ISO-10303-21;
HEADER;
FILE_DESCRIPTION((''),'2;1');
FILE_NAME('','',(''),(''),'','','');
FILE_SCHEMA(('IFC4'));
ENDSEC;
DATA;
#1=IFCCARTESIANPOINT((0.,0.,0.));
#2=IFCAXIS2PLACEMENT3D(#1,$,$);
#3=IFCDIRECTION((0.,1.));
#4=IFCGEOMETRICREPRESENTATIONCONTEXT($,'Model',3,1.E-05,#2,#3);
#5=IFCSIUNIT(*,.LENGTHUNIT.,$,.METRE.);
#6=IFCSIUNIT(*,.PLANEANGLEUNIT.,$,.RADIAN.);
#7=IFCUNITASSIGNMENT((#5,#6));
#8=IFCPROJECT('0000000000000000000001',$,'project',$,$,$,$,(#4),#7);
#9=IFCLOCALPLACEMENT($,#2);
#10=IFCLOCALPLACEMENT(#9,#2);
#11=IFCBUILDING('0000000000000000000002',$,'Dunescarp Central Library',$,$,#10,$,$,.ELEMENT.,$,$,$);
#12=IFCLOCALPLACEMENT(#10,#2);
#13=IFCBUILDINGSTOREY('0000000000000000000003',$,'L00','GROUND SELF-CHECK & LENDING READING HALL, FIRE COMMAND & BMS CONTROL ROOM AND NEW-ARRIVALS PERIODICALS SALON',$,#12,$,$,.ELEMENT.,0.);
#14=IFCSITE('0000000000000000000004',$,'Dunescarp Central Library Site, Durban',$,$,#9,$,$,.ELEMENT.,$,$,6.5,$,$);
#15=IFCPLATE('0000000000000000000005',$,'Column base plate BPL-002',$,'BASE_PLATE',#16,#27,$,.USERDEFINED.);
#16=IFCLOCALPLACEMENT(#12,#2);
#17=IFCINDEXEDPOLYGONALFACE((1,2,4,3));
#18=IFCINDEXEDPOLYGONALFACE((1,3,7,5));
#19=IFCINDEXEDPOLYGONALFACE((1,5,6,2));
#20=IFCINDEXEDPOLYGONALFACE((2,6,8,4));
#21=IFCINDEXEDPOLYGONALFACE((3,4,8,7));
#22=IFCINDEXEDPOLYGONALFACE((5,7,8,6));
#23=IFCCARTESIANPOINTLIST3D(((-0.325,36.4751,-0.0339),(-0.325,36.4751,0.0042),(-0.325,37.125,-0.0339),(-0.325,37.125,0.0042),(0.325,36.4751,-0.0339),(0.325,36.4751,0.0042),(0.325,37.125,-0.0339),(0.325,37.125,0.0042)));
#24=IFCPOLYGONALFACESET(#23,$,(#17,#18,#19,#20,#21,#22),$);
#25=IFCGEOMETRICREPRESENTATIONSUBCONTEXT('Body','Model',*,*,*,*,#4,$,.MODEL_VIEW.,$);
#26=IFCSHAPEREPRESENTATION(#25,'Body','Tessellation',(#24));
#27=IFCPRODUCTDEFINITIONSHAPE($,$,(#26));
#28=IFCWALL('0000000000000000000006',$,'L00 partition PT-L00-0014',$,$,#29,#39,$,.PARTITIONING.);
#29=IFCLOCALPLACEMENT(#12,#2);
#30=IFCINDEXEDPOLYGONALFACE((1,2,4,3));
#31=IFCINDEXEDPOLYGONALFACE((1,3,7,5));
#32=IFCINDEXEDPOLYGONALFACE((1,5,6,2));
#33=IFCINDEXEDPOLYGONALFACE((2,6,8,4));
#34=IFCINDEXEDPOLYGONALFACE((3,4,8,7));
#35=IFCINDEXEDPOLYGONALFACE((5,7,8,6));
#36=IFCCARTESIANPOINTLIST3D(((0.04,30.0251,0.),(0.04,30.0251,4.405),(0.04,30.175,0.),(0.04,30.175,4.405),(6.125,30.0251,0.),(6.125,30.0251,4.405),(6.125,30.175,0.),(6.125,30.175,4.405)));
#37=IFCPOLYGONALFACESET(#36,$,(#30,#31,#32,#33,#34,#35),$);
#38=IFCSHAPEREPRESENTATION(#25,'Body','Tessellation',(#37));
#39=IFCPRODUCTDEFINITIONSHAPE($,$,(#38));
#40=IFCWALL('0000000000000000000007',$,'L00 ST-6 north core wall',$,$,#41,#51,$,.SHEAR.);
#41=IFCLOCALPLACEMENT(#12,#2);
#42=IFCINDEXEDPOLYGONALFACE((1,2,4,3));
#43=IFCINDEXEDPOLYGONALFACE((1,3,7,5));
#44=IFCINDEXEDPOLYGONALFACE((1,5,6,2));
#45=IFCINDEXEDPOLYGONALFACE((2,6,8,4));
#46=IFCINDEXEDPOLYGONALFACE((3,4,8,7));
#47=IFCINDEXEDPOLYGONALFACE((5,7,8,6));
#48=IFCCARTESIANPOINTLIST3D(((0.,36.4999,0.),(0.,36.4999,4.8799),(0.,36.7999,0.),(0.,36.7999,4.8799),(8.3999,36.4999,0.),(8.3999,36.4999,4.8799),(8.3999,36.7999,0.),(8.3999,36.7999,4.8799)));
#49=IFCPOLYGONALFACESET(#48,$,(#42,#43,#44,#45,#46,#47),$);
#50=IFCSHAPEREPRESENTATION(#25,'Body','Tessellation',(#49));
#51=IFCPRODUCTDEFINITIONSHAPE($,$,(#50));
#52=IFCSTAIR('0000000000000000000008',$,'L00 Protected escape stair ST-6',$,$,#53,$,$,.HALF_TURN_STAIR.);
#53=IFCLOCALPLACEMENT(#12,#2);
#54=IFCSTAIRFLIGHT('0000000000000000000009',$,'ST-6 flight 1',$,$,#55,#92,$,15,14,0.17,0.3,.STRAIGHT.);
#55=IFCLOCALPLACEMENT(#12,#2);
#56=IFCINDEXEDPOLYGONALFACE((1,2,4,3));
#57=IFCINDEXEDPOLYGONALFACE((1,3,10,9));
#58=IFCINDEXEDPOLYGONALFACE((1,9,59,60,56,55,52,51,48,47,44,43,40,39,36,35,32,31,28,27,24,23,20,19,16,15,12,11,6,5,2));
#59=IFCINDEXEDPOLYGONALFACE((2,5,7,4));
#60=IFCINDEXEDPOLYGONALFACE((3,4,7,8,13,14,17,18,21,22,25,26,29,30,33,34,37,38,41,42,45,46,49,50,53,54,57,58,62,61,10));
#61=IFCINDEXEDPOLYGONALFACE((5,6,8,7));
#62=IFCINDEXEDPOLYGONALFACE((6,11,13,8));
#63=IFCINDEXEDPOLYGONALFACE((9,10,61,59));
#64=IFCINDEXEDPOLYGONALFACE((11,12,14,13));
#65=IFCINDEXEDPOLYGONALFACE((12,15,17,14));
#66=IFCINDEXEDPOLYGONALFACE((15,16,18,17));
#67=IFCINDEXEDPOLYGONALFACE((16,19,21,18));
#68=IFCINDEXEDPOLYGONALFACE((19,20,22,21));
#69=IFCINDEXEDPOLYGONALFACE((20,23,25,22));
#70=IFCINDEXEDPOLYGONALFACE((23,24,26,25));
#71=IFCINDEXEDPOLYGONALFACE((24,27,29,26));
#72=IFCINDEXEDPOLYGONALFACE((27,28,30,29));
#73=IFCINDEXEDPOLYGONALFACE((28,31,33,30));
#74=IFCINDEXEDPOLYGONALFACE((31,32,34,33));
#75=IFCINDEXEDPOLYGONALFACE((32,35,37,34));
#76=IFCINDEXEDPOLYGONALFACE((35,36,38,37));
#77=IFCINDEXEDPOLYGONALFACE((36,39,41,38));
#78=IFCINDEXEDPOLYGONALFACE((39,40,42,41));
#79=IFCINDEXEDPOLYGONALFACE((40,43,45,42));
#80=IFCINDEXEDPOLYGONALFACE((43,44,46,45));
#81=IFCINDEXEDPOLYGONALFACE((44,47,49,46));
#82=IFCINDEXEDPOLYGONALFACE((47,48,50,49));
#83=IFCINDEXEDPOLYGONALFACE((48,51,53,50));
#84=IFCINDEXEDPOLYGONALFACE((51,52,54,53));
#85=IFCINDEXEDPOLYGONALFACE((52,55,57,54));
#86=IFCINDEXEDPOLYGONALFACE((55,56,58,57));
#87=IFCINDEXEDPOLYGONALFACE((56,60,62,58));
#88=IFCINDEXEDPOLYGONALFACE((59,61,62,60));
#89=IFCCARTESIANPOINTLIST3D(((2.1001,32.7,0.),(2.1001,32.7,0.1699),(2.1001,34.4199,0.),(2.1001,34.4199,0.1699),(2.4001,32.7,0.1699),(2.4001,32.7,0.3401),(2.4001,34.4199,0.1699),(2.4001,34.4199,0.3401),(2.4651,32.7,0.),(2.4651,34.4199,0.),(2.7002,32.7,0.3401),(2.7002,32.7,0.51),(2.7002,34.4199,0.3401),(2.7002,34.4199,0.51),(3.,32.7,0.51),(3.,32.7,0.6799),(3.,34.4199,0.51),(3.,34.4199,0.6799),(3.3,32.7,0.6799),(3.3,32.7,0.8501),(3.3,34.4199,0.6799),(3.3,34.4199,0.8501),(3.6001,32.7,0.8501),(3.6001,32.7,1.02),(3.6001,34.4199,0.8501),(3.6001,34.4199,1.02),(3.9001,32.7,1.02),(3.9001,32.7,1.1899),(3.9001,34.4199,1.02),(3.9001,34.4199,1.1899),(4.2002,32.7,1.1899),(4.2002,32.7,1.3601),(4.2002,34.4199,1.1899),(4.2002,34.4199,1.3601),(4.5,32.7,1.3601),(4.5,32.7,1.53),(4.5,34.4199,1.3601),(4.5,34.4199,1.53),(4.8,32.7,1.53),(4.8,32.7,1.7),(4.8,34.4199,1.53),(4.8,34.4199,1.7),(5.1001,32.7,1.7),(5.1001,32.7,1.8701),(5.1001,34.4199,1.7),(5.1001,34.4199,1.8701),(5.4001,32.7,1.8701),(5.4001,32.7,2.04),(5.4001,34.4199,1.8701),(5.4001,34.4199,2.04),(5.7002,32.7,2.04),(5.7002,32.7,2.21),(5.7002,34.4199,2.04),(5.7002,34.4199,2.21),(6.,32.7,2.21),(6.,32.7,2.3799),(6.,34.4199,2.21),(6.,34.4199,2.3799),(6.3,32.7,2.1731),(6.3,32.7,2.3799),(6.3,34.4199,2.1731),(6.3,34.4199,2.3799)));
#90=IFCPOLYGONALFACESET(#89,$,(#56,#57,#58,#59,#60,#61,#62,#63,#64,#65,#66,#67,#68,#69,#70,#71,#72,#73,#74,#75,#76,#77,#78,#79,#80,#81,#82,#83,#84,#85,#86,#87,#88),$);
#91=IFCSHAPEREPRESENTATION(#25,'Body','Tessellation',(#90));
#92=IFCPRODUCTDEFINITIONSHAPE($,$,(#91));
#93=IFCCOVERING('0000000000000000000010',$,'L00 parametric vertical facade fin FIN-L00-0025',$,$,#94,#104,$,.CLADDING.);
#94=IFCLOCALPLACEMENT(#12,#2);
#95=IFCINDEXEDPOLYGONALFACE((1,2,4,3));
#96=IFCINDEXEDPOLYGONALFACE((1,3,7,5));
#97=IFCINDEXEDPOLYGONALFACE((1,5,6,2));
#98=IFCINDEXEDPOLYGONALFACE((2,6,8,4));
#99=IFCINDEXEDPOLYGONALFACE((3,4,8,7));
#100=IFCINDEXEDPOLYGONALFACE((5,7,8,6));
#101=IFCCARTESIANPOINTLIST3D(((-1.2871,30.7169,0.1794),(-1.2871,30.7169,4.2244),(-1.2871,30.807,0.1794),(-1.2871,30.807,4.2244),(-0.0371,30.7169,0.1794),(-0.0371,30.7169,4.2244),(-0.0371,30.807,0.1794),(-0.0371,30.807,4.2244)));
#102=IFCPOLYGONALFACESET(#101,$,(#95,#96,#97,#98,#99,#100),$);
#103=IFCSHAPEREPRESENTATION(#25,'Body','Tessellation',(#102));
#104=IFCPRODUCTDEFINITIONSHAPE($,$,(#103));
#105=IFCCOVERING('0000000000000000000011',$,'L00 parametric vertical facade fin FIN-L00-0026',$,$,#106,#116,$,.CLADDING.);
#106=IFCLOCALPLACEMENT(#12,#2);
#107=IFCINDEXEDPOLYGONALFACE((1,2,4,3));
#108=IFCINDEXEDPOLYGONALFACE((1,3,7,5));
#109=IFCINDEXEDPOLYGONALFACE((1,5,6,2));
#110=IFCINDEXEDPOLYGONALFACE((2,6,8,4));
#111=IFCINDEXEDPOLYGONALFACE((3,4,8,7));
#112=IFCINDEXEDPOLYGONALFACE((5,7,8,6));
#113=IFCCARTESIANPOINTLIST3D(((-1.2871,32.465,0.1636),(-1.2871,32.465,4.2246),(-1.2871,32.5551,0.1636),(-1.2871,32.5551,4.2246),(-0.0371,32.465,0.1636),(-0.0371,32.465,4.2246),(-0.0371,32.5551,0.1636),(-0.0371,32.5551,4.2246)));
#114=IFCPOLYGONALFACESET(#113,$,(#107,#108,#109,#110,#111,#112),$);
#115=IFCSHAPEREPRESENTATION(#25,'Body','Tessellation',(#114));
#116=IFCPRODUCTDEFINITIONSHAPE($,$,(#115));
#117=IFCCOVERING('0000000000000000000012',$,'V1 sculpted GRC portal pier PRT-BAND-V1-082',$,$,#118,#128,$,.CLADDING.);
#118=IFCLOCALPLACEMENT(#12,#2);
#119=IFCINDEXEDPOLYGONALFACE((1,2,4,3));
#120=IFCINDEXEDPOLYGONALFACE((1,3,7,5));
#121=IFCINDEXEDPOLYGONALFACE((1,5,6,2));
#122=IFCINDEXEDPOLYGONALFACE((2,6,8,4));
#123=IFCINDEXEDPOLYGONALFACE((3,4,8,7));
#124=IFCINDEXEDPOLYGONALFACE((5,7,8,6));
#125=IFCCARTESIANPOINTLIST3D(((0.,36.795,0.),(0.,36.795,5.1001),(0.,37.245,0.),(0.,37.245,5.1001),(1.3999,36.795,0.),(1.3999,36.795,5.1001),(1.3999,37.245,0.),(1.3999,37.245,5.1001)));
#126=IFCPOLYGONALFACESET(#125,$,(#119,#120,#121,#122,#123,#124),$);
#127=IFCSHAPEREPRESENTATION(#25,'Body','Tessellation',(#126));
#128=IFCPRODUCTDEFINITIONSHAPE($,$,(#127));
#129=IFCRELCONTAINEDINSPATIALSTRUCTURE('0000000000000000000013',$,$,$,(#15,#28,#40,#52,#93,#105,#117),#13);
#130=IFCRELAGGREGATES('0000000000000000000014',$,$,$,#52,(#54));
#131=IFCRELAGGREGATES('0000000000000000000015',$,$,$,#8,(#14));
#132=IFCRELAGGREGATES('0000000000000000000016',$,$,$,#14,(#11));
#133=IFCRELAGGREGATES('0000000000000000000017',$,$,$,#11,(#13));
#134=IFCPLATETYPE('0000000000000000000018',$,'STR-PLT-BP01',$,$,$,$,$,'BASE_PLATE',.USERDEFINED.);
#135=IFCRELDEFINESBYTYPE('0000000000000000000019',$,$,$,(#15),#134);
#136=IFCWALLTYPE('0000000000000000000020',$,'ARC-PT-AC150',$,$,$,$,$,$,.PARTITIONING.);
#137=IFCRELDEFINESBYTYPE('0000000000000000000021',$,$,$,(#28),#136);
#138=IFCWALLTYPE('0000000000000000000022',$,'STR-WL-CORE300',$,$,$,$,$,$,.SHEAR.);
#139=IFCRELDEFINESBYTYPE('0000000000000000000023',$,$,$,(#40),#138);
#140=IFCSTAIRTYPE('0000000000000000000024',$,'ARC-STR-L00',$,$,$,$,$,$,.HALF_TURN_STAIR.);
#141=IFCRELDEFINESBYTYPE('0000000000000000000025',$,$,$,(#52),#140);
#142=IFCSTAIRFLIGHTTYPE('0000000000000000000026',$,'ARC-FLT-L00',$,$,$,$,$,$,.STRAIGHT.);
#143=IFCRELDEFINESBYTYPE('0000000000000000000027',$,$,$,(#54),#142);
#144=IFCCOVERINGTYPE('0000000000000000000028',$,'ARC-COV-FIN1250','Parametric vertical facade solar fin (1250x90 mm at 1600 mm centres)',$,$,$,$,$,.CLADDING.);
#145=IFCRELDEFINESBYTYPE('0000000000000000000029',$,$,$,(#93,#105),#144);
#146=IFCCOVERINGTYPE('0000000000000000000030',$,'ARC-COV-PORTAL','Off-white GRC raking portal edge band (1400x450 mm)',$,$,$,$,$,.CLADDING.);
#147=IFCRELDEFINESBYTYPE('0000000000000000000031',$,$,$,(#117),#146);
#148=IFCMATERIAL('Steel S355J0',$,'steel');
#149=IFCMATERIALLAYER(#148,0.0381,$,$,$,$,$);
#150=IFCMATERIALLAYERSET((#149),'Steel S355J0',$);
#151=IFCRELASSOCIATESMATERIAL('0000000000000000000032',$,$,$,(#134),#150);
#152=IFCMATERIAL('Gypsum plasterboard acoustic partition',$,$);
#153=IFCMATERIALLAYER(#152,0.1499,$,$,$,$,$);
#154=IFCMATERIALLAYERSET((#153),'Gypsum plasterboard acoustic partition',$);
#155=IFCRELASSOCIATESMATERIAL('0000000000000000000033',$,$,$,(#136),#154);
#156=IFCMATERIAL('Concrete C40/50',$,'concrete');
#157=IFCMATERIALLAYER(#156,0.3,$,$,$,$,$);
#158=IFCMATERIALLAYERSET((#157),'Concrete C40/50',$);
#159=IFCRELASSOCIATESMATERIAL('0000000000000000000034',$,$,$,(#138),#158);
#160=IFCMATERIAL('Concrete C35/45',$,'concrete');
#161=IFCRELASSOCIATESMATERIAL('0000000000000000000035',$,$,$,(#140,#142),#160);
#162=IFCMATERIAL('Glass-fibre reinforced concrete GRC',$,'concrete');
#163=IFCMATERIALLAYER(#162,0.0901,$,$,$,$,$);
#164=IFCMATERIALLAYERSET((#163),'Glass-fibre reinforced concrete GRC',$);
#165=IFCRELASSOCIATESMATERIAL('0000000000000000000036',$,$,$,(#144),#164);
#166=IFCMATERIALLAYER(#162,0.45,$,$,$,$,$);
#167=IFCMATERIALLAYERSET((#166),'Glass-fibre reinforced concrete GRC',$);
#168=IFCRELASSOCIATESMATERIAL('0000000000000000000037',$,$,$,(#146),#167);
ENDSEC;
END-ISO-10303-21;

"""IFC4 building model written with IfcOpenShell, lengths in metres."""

from ifc_helpers import new_model, si_unit, direction, frame, frame_2d, origin, origin_2d, place, context, subcontext, project, spatial, polyline, rectangle, outline, extrude, material, layer, layer_set, type_object, element, aggregate, save


model = new_model("IFC4")

# Units and contexts
model_context = context("Model", 3, precision=1e-05, world=origin(), true_north=direction((0.0, 1.0)))
body_context = subcontext(model_context, "Body", "Model", "MODEL_VIEW")
ifc_project = project(units=[si_unit("LENGTHUNIT", "METRE"), si_unit("PLANEANGLEUNIT", "RADIAN")], contexts=[model_context])

# Site, building, storey
site_placement = place(None, origin())
site = spatial("IfcSite", under=ifc_project, at=site_placement, Name="Dunescarp Central Library Site, Durban", CompositionType="ELEMENT", RefElevation=6.5)
building_placement = place(site_placement, origin())
building = spatial("IfcBuilding", under=site, at=building_placement, Name="Dunescarp Central Library", CompositionType="ELEMENT")
storey_placement = place(building_placement, origin())
storey = spatial("IfcBuildingStorey", under=building, at=storey_placement, Name="L00", Description="GROUND SELF-CHECK & LENDING READING HALL, FIRE COMMAND & BMS CONTROL ROOM AND NEW-ARRIVALS PERIODICALS SALON", CompositionType="ELEMENT", Elevation=0.0)

# Shared definitions
ifc_material_1 = material(Name="Concrete C40/50", Category="concrete")

# Plate
ifc_material_2 = material(Name="Steel S355J0", Category="steel")
ifc_layer_1 = layer(ifc_material_2, 0.0381)
ifc_layer_set_1 = layer_set([ifc_layer_1], Name="Steel S355J0")
plate_type_1 = type_object("IfcPlateType", Name="STR-PLT-BP01", ElementType="BASE_PLATE", PredefinedType="USERDEFINED", material=ifc_layer_set_1)
plate_1_placement = place(storey_placement, frame((0.0, 36.8, -0.0339), z_axis=(0.0, 0.0, 1.0), x_axis=(1.0, 0.0, 0.0)))
element("IfcPlate", 1, at=plate_1_placement, inside=storey, type_object=plate_type_1, Name="Column base plate BPL-002", ObjectType="BASE_PLATE", PredefinedType="USERDEFINED", context=body_context, shape_type="SweptSolid", body=[
    extrude(rectangle(XDim=0.6499, YDim=0.6499, at=origin_2d()), origin(), (0.0, 0.0, 1.0), 0.0381),
])

# Walls
ifc_material_3 = material(Name="Gypsum plasterboard acoustic partition")
ifc_layer_2 = layer(ifc_material_3, 0.1499)
ifc_layer_set_2 = layer_set([ifc_layer_2], Name="Gypsum plasterboard acoustic partition")
wall_type_1 = type_object("IfcWallType", Name="ARC-PT-AC150", PredefinedType="PARTITIONING", material=ifc_layer_set_2)
wall_1_placement = place(storey_placement, frame((0.04, 30.1001, 0.0), z_axis=(0.0, 0.0, 1.0), x_axis=(1.0, 0.0, 0.0)))
element("IfcWall", 2, at=wall_1_placement, inside=storey, type_object=wall_type_1, Name="L00 partition PT-L00-0014", PredefinedType="PARTITIONING", context=body_context, shape_type="SweptSolid", body=[
    extrude(rectangle(XDim=6.085, YDim=0.1499, at=frame_2d((3.0425, 0.0))), origin(), (0.0, 0.0, 1.0), 4.405),
])
ifc_layer_3 = layer(ifc_material_1, 0.3)
ifc_layer_set_3 = layer_set([ifc_layer_3], Name="Concrete C40/50")
wall_type_2 = type_object("IfcWallType", Name="STR-WL-CORE300", PredefinedType="SHEAR", material=ifc_layer_set_3)
wall_2_placement = place(storey_placement, frame((0.0, 36.6499, 0.0), z_axis=(0.0, 0.0, 1.0), x_axis=(1.0, 0.0, 0.0)))
element("IfcWall", 3, at=wall_2_placement, inside=storey, type_object=wall_type_2, Name="L00 ST-6 north core wall", PredefinedType="SHEAR", context=body_context, shape_type="SweptSolid", body=[
    extrude(rectangle(XDim=8.3999, YDim=0.3, at=frame_2d((4.2, 0.0))), origin(), (0.0, 0.0, 1.0), 4.8799),
])

# Stair, stair flight
ifc_material_4 = material(Name="Concrete C35/45", Category="concrete")
stair_type = type_object("IfcStairType", Name="ARC-STR-L00", PredefinedType="HALF_TURN_STAIR", material=ifc_material_4)
stair_placement = place(storey_placement, origin())
stair = element("IfcStair", 4, at=stair_placement, inside=storey, type_object=stair_type, Name="L00 Protected escape stair ST-6", PredefinedType="HALF_TURN_STAIR")
stair_flight_type = type_object("IfcStairFlightType", Name="ARC-FLT-L00", PredefinedType="STRAIGHT", material=ifc_material_4)
stair_flight_placement = place(storey_placement, frame((2.1001, 33.5601, 0.0), z_axis=(0.0, 0.0, 1.0), x_axis=(1.0, 0.0, 0.0)))
stair_flight = element("IfcStairFlight", 5, at=stair_flight_placement, type_object=stair_flight_type, Name="ST-6 flight 1", NumberOfRisers=15, NumberOfTreads=14, PredefinedType="STRAIGHT", RiserHeight=0.17, TreadLength=0.3, context=body_context, shape_type="SweptSolid", body=[
    extrude(outline(polyline([(0.0, 0.0), (0.0, 0.1699), (0.3, 0.1699), (0.3, 0.3401), (0.6001, 0.3401), (0.6001, 0.51), (0.8999, 0.51), (0.8999, 0.6799), (1.2, 0.6799), (1.2, 0.8501), (1.5, 0.8501), (1.5, 1.02), (1.8, 1.02), (1.8, 1.1899), (2.1001, 1.1899), (2.1001, 1.3601), (2.3999, 1.3601), (2.3999, 1.53), (2.7, 1.53), (2.7, 1.7), (3.0, 1.7), (3.0, 1.8701), (3.3, 1.8701), (3.3, 2.04), (3.6001, 2.04), (3.6001, 2.21), (3.8999, 2.21), (3.8999, 2.3799), (4.2, 2.3799), (4.2, 2.55), (4.2, 2.1731), (0.365, 0.0), (0.0, 0.0)])), frame((0.0, 0.8599, 0.0), z_axis=(0.0, -1.0, 0.0), x_axis=(1.0, 0.0, 0.0)), (0.0, 0.0, 1.0), 1.72),
])
aggregate(stair, [stair_flight])

# Coverings
ifc_material_5 = material(Name="Glass-fibre reinforced concrete GRC", Category="concrete")
ifc_layer_4 = layer(ifc_material_5, 0.0901)
ifc_layer_set_4 = layer_set([ifc_layer_4], Name="Glass-fibre reinforced concrete GRC")
covering_type_1 = type_object("IfcCoveringType", Name="ARC-COV-FIN1250", Description="Parametric vertical facade solar fin (1250x90 mm at 1600 mm centres)", PredefinedType="CLADDING", material=ifc_layer_set_4)
covering_1_placement = place(storey_placement, frame((-0.6621, 30.762, 0.1794), z_axis=(0.0, 0.0, 1.0), x_axis=(-1.0, 0.0, 0.0)))
element("IfcCovering", 6, at=covering_1_placement, inside=storey, type_object=covering_type_1, Name="L00 parametric vertical facade fin FIN-L00-0025", PredefinedType="CLADDING", context=body_context, shape_type="SweptSolid", body=[
    extrude(rectangle(XDim=1.25, YDim=0.0901, at=origin_2d()), origin(), (0.0, 0.0, 1.0), 4.0449),
])
covering_2_placement = place(storey_placement, frame((-0.6621, 32.51, 0.1636), z_axis=(0.0, 0.0, 1.0), x_axis=(-1.0, 0.0, 0.0)))
element("IfcCovering", 7, at=covering_2_placement, inside=storey, type_object=covering_type_1, Name="L00 parametric vertical facade fin FIN-L00-0026", PredefinedType="CLADDING", context=body_context, shape_type="SweptSolid", body=[
    extrude(rectangle(XDim=1.25, YDim=0.0901, at=origin_2d()), origin(), (0.0, 0.0, 1.0), 4.061),
])
ifc_layer_5 = layer(ifc_material_5, 0.45)
ifc_layer_set_5 = layer_set([ifc_layer_5], Name="Glass-fibre reinforced concrete GRC")
covering_type_2 = type_object("IfcCoveringType", Name="ARC-COV-PORTAL", Description="Off-white GRC raking portal edge band (1400x450 mm)", PredefinedType="CLADDING", material=ifc_layer_set_5)
covering_3_placement = place(storey_placement, frame((0.7, 37.02, 0.0), z_axis=(0.0, 0.0, 1.0), x_axis=(1.0, 0.0, 0.0)))
element("IfcCovering", 8, at=covering_3_placement, inside=storey, type_object=covering_type_2, Name="V1 sculpted GRC portal pier PRT-BAND-V1-082", PredefinedType="CLADDING", context=body_context, shape_type="SweptSolid", body=[
    extrude(rectangle(XDim=1.3999, YDim=0.45, at=origin_2d()), origin(), (0.0, 0.0, 1.0), 5.1001),
])

save(model, "model.ifc")
